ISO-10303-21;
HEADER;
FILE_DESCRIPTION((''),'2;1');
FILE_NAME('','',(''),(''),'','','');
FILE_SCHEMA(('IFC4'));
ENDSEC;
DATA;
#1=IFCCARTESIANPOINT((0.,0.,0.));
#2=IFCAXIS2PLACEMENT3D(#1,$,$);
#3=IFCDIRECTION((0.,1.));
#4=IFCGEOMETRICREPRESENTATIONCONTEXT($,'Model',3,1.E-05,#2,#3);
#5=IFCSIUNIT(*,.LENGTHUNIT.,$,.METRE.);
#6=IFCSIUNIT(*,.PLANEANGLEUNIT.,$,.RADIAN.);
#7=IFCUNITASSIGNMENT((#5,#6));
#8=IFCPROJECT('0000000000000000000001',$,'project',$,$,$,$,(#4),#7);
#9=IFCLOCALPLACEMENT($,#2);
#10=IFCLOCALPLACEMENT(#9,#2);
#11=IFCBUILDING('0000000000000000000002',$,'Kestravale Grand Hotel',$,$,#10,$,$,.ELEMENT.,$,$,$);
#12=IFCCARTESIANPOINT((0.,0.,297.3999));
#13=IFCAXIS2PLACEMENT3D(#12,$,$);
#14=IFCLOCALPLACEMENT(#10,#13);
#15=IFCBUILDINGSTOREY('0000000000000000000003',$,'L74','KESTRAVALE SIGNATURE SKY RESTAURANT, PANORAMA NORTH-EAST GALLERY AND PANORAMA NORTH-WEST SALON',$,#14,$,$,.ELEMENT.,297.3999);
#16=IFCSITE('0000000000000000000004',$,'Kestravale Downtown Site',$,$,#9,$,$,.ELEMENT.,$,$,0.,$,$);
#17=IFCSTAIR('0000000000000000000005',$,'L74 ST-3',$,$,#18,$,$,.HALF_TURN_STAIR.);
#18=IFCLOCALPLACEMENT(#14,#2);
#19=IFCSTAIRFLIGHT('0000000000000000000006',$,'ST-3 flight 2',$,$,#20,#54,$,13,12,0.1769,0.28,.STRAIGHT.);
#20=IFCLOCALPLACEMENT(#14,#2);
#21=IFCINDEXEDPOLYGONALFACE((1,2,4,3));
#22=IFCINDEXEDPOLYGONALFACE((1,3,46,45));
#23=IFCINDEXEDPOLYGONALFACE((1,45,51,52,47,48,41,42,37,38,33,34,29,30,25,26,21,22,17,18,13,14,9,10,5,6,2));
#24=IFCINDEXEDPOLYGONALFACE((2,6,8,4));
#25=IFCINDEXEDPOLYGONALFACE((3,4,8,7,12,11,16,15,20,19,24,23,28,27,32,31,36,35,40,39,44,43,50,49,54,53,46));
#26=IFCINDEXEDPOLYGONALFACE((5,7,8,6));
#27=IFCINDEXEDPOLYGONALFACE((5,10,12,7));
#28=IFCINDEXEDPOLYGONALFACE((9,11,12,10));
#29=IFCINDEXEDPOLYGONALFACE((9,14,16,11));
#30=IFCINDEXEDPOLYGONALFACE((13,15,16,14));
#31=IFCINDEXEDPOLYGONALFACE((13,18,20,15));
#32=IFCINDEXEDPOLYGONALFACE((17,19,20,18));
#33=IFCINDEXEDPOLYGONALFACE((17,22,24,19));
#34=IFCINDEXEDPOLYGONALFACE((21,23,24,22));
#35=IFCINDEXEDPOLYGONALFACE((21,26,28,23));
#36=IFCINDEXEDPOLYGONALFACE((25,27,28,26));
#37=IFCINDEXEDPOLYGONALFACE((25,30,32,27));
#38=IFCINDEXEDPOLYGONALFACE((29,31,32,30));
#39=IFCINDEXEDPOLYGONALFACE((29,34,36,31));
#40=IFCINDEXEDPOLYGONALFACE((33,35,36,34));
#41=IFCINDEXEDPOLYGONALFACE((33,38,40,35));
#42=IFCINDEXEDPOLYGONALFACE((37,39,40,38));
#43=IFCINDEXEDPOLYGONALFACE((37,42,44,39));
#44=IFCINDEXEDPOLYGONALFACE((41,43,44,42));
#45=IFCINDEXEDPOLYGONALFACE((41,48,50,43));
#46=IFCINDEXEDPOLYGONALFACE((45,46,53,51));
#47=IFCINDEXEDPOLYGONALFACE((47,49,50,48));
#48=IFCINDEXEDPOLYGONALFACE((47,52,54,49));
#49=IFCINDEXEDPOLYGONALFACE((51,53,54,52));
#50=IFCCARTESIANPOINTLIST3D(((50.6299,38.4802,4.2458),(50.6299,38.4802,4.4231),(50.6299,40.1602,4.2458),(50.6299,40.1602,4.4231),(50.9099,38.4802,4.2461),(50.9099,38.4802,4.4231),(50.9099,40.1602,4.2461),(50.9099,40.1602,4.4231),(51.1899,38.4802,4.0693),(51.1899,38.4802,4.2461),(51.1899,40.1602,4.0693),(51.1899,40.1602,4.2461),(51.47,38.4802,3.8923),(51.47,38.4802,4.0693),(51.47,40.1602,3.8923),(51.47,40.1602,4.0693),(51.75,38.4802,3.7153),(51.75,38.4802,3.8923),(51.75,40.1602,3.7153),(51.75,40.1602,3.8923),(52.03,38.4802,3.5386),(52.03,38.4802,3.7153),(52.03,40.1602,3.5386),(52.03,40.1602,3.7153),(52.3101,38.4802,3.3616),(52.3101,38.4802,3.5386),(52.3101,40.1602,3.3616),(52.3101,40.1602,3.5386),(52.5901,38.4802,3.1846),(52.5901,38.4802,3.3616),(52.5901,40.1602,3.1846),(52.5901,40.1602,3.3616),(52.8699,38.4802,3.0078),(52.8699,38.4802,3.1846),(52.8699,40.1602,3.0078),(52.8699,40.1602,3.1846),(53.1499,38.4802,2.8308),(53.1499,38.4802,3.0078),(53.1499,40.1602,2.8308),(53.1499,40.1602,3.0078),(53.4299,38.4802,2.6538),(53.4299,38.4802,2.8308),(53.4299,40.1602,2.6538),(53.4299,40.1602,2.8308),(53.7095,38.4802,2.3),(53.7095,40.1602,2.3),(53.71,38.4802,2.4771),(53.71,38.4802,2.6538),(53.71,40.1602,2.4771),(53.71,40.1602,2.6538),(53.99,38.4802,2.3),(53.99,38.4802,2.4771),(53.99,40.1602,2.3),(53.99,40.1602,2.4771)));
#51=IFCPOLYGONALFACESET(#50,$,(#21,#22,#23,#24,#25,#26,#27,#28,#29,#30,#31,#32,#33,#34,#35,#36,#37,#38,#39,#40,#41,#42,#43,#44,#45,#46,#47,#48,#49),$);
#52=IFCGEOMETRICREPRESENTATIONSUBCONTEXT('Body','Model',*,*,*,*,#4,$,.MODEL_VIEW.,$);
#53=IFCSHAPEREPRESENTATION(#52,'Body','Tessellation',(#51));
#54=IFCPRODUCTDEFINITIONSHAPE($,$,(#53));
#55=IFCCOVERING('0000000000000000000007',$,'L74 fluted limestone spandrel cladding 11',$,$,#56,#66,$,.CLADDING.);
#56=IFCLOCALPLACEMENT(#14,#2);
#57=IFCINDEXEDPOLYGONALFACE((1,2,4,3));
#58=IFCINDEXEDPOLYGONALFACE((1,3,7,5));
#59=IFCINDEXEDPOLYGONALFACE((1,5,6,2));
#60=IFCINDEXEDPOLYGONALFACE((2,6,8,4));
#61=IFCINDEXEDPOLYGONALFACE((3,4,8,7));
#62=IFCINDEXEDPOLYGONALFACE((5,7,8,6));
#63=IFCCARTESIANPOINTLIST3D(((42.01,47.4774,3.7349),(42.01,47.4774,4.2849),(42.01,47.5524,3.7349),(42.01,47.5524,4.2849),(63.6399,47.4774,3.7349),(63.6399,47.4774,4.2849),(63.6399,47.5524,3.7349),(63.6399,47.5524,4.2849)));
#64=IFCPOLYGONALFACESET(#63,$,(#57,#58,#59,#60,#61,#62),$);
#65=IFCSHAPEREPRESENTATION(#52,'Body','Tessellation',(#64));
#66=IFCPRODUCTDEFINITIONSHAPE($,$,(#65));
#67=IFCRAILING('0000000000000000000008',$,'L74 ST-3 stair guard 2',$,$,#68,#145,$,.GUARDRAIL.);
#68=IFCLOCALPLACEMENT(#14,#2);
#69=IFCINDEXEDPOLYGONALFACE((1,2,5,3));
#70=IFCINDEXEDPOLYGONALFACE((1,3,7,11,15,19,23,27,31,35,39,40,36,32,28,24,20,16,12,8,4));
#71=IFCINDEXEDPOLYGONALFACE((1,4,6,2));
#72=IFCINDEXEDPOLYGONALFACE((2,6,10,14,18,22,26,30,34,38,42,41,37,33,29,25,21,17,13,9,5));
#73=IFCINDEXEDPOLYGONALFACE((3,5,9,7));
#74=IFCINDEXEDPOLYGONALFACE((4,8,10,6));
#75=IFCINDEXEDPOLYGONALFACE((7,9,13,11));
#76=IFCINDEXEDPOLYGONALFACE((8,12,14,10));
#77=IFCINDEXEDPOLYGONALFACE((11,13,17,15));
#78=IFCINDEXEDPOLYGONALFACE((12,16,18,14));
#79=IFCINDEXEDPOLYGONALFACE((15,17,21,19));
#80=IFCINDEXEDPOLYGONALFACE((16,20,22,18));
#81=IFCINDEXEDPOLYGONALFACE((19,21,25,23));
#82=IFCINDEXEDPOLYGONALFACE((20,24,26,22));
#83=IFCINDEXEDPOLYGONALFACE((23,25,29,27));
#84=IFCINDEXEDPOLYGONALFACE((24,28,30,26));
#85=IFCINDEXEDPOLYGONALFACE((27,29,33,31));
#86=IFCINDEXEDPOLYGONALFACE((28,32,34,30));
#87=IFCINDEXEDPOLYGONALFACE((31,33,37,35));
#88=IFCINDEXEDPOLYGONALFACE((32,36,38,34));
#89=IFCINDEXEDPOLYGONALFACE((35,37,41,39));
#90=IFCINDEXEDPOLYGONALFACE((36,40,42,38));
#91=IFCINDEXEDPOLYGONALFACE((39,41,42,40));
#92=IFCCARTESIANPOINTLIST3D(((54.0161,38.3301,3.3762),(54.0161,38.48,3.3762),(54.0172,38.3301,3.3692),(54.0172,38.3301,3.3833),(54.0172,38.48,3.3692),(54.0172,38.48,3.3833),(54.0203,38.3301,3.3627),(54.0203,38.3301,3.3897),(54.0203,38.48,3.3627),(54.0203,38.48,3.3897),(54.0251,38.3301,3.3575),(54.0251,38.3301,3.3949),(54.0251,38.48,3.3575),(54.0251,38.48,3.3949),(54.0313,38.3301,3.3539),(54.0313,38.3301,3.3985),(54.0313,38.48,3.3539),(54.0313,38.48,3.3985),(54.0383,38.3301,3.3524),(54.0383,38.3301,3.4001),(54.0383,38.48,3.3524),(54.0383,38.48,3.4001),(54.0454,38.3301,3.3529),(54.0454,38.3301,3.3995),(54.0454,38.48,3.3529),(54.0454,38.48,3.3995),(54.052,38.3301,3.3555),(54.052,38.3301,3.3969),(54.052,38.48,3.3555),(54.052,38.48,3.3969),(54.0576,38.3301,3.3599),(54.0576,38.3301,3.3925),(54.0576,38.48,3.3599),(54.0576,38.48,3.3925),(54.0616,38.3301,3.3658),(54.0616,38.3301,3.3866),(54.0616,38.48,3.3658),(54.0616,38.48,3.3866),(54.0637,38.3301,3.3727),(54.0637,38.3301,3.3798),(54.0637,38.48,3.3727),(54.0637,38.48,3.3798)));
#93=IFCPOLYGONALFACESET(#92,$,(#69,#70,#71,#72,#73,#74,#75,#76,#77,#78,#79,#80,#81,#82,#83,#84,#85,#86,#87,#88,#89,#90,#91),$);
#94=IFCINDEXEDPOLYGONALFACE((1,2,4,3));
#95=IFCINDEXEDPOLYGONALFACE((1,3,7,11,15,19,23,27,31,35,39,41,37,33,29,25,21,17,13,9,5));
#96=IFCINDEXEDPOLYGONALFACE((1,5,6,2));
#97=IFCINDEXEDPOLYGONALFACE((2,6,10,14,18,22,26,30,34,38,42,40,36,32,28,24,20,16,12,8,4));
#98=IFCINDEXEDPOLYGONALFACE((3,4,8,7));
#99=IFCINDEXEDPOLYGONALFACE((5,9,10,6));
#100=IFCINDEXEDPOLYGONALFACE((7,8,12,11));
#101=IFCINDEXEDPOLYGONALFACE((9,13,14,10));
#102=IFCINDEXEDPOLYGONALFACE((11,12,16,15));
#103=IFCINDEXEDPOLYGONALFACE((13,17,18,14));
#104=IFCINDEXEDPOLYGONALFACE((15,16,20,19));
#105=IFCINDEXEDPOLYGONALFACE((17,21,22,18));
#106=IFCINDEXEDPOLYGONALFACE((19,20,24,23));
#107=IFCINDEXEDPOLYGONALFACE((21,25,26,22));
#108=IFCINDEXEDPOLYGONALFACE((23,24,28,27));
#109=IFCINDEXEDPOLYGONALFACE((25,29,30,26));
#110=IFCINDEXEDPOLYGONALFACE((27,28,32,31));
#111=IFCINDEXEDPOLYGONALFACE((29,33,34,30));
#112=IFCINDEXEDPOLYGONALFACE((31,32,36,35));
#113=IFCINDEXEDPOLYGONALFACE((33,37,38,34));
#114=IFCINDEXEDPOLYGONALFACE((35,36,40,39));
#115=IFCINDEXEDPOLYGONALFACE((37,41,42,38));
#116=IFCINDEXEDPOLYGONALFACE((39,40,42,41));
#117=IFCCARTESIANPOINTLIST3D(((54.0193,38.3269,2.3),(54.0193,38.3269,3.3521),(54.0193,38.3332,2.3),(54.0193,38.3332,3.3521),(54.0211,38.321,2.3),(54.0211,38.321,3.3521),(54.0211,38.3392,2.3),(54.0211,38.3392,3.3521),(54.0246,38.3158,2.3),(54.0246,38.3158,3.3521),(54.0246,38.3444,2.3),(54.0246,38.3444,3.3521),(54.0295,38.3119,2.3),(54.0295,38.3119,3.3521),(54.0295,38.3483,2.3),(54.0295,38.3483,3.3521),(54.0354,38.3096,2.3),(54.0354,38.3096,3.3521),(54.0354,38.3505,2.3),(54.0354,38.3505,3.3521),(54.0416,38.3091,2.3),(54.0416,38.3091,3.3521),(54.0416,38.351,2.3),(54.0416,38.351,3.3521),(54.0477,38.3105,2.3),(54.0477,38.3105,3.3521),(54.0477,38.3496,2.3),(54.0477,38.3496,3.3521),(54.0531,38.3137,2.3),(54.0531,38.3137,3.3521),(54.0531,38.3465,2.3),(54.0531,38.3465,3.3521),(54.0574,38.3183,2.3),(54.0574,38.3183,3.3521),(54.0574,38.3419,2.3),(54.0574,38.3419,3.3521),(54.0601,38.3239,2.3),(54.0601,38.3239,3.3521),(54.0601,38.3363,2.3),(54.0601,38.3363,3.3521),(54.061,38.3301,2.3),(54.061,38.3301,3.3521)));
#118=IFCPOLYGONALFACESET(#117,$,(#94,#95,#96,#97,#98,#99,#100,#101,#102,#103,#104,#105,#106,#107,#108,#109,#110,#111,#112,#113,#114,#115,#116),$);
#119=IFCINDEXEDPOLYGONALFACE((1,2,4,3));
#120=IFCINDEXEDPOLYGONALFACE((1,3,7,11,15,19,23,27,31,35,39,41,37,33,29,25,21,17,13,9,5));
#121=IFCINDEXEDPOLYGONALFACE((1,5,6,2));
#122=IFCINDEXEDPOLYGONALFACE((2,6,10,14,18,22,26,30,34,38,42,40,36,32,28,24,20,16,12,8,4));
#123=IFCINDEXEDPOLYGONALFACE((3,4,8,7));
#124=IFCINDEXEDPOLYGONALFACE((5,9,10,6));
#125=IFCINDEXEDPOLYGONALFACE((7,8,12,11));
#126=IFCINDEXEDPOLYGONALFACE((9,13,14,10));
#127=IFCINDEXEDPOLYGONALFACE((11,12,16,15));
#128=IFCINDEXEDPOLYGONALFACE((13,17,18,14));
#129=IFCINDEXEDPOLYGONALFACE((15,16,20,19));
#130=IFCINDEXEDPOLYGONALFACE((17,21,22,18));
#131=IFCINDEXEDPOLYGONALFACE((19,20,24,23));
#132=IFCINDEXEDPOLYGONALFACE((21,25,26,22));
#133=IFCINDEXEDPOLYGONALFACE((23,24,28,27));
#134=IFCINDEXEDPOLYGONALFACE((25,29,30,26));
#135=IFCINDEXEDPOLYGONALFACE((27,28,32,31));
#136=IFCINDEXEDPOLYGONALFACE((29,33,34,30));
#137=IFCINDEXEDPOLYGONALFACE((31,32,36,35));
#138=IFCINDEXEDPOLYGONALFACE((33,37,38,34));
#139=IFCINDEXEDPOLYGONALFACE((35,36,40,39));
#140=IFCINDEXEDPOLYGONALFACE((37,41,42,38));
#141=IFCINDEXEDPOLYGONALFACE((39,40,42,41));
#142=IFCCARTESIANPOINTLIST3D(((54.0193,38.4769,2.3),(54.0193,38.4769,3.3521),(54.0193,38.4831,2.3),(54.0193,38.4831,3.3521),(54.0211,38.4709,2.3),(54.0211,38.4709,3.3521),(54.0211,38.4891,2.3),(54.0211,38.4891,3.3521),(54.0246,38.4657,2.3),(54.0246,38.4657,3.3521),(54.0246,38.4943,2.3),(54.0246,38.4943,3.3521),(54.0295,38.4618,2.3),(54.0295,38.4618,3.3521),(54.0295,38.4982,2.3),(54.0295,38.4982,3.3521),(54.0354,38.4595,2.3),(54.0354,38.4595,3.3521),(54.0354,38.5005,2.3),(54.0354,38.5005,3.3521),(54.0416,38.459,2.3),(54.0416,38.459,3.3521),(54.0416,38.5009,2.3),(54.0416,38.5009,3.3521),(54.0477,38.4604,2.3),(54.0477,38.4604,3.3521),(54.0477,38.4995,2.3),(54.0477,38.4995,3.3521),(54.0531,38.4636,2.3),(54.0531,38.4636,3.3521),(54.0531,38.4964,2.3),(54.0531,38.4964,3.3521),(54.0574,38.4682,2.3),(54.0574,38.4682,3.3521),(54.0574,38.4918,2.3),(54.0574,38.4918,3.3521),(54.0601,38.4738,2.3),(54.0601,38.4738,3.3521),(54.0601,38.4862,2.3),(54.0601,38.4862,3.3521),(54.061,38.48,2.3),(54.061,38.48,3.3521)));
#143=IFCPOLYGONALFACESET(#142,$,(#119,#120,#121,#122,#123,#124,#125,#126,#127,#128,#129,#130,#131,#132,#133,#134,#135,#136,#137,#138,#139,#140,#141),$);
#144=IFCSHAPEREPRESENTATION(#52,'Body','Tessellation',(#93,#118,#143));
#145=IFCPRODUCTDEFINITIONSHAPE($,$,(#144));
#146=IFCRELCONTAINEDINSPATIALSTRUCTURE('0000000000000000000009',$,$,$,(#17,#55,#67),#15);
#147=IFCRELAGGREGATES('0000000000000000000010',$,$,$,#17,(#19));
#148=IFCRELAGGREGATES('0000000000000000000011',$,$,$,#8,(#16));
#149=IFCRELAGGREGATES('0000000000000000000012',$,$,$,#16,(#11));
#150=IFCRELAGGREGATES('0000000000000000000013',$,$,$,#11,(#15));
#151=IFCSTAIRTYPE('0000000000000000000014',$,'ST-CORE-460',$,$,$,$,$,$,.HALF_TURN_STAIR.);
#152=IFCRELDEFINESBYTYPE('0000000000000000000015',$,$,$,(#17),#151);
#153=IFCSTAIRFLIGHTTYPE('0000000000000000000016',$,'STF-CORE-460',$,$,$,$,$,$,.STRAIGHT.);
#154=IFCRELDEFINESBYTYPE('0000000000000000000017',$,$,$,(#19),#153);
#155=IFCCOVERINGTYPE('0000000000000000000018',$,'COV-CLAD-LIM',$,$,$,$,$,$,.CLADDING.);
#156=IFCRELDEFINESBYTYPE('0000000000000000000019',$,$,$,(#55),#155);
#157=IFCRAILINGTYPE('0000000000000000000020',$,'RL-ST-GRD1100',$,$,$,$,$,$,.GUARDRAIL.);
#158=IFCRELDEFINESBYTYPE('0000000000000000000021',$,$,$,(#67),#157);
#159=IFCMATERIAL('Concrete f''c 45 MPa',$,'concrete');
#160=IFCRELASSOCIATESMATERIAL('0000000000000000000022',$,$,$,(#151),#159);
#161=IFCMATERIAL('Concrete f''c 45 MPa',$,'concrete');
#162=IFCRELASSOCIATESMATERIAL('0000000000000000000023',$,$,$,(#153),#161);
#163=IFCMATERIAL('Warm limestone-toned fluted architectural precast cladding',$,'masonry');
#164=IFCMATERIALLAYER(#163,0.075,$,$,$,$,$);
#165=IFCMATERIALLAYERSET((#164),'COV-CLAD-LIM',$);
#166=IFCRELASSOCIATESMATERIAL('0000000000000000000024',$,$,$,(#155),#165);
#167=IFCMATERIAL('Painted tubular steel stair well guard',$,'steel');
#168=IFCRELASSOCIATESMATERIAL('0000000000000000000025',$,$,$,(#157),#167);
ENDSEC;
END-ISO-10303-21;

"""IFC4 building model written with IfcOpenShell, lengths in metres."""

from ifc_helpers import new_model, si_unit, direction, frame, origin, origin_2d, place, context, subcontext, project, spatial, polyline, rectangle, circle, outline, extrude, material, layer, layer_set, type_object, element, aggregate, save


model = new_model("IFC4")

# Units and contexts
model_context = context("Model", 3, precision=1e-05, world=origin(), true_north=direction((0.0, 1.0)))
body_context = subcontext(model_context, "Body", "Model", "MODEL_VIEW")
ifc_project = project(units=[si_unit("LENGTHUNIT", "METRE"), si_unit("PLANEANGLEUNIT", "RADIAN")], contexts=[model_context])

# Site, building, storey
site_placement = place(None, origin())
site = spatial("IfcSite", under=ifc_project, at=site_placement, Name="Kestravale Downtown Site", CompositionType="ELEMENT", RefElevation=0.0)
building_placement = place(site_placement, origin())
building = spatial("IfcBuilding", under=site, at=building_placement, Name="Kestravale Grand Hotel", CompositionType="ELEMENT")
storey_placement = place(building_placement, frame((0.0, 0.0, 297.3999)))
storey = spatial("IfcBuildingStorey", under=building, at=storey_placement, Name="L74", Description="KESTRAVALE SIGNATURE SKY RESTAURANT, PANORAMA NORTH-EAST GALLERY AND PANORAMA NORTH-WEST SALON", CompositionType="ELEMENT", Elevation=297.3999)

# Stair, stair flight
ifc_material_1 = material(Name="Concrete f'c 45 MPa", Category="concrete")
stair_type = type_object("IfcStairType", Name="ST-CORE-460", PredefinedType="HALF_TURN_STAIR", material=ifc_material_1)
stair_placement = place(storey_placement, origin())
stair = element("IfcStair", 1, at=stair_placement, inside=storey, type_object=stair_type, Name="L74 ST-3", PredefinedType="HALF_TURN_STAIR")
ifc_material_2 = material(Name="Concrete f'c 45 MPa", Category="concrete")
stair_flight_type = type_object("IfcStairFlightType", Name="STF-CORE-460", PredefinedType="STRAIGHT", material=ifc_material_2)
stair_flight_placement = place(storey_placement, frame((53.99, 39.3201, 2.3), z_axis=(0.0, 0.0, 1.0), x_axis=(-1.0, 0.0, 0.0)))
stair_flight = element("IfcStairFlight", 2, at=stair_flight_placement, type_object=stair_flight_type, Name="ST-3 flight 2", NumberOfRisers=13, NumberOfTreads=12, PredefinedType="STRAIGHT", RiserHeight=0.1769, TreadLength=0.28, context=body_context, shape_type="SweptSolid", body=[
    extrude(outline(polyline([(0.0, 0.0), (0.0, 0.177), (0.28, 0.177), (0.28, 0.3538), (0.5601, 0.3538), (0.5601, 0.5308), (0.8401, 0.5308), (0.8401, 0.7078), (1.1201, 0.7078), (1.1201, 0.8845), (1.3999, 0.8845), (1.3999, 1.0615), (1.6799, 1.0615), (1.6799, 1.2385), (1.96, 1.2385), (1.96, 1.4153), (2.24, 1.4153), (2.24, 1.5923), (2.52, 1.5923), (2.52, 1.7693), (2.8, 1.7693), (2.8, 1.946), (3.0801, 1.946), (3.0801, 2.123), (3.3601, 2.123), (3.3601, 2.3), (3.3601, 1.9458), (0.2805, 0.0), (0.0, 0.0)])), frame((0.0, 0.8398, 0.0), z_axis=(0.0, -1.0, 0.0), x_axis=(1.0, 0.0, 0.0)), (0.0, 0.0, 1.0), 1.6799),
])
aggregate(stair, [stair_flight])

# Covering
ifc_material_3 = material(Name="Warm limestone-toned fluted architectural precast cladding", Category="masonry")
ifc_layer_1 = layer(ifc_material_3, 0.075)
ifc_layer_set_1 = layer_set([ifc_layer_1], Name="COV-CLAD-LIM")
covering_type = type_object("IfcCoveringType", Name="COV-CLAD-LIM", PredefinedType="CLADDING", material=ifc_layer_set_1)
covering_placement = place(storey_placement, frame((52.825, 47.5149, 3.7349), z_axis=(0.0, 0.0, 1.0), x_axis=(-1.0, 0.0, 0.0)))
element("IfcCovering", 3, at=covering_placement, inside=storey, type_object=covering_type, Name="L74 fluted limestone spandrel cladding 11", PredefinedType="CLADDING", context=body_context, shape_type="SweptSolid", body=[
    extrude(rectangle(XDim=21.6299, YDim=0.075, at=origin_2d()), origin(), (0.0, 0.0, 1.0), 0.55),
])

# Railing
ifc_material_4 = material(Name="Painted tubular steel stair well guard", Category="steel")
railing_type_1 = type_object("IfcRailingType", Name="RL-ST-GRD1100", PredefinedType="GUARDRAIL", material=ifc_material_4)
railing_1_placement = place(storey_placement, frame((54.04, 38.3301, 2.3)))
element("IfcRailing", 4, at=railing_1_placement, inside=storey, type_object=railing_type_1, Name="L74 ST-3 stair guard 2", PredefinedType="GUARDRAIL", context=body_context, shape_type="SweptSolid", body=[
    extrude(circle(Radius=0.0239, at=origin_2d()), frame((0.0, 0.0, 1.0762), z_axis=(0.0, 1.0, 0.0), x_axis=(-1.0, 0.0, 0.0)), (0.0, 0.0, 1.0), 0.1499),
    extrude(circle(Radius=0.021, at=origin_2d()), origin(), (0.0, 0.0, 1.0), 1.052),
    extrude(circle(Radius=0.021, at=origin_2d()), frame((0.0, 0.1499, 0.0)), (0.0, 0.0, 1.0), 1.052),
])

save(model, "model.ifc")
